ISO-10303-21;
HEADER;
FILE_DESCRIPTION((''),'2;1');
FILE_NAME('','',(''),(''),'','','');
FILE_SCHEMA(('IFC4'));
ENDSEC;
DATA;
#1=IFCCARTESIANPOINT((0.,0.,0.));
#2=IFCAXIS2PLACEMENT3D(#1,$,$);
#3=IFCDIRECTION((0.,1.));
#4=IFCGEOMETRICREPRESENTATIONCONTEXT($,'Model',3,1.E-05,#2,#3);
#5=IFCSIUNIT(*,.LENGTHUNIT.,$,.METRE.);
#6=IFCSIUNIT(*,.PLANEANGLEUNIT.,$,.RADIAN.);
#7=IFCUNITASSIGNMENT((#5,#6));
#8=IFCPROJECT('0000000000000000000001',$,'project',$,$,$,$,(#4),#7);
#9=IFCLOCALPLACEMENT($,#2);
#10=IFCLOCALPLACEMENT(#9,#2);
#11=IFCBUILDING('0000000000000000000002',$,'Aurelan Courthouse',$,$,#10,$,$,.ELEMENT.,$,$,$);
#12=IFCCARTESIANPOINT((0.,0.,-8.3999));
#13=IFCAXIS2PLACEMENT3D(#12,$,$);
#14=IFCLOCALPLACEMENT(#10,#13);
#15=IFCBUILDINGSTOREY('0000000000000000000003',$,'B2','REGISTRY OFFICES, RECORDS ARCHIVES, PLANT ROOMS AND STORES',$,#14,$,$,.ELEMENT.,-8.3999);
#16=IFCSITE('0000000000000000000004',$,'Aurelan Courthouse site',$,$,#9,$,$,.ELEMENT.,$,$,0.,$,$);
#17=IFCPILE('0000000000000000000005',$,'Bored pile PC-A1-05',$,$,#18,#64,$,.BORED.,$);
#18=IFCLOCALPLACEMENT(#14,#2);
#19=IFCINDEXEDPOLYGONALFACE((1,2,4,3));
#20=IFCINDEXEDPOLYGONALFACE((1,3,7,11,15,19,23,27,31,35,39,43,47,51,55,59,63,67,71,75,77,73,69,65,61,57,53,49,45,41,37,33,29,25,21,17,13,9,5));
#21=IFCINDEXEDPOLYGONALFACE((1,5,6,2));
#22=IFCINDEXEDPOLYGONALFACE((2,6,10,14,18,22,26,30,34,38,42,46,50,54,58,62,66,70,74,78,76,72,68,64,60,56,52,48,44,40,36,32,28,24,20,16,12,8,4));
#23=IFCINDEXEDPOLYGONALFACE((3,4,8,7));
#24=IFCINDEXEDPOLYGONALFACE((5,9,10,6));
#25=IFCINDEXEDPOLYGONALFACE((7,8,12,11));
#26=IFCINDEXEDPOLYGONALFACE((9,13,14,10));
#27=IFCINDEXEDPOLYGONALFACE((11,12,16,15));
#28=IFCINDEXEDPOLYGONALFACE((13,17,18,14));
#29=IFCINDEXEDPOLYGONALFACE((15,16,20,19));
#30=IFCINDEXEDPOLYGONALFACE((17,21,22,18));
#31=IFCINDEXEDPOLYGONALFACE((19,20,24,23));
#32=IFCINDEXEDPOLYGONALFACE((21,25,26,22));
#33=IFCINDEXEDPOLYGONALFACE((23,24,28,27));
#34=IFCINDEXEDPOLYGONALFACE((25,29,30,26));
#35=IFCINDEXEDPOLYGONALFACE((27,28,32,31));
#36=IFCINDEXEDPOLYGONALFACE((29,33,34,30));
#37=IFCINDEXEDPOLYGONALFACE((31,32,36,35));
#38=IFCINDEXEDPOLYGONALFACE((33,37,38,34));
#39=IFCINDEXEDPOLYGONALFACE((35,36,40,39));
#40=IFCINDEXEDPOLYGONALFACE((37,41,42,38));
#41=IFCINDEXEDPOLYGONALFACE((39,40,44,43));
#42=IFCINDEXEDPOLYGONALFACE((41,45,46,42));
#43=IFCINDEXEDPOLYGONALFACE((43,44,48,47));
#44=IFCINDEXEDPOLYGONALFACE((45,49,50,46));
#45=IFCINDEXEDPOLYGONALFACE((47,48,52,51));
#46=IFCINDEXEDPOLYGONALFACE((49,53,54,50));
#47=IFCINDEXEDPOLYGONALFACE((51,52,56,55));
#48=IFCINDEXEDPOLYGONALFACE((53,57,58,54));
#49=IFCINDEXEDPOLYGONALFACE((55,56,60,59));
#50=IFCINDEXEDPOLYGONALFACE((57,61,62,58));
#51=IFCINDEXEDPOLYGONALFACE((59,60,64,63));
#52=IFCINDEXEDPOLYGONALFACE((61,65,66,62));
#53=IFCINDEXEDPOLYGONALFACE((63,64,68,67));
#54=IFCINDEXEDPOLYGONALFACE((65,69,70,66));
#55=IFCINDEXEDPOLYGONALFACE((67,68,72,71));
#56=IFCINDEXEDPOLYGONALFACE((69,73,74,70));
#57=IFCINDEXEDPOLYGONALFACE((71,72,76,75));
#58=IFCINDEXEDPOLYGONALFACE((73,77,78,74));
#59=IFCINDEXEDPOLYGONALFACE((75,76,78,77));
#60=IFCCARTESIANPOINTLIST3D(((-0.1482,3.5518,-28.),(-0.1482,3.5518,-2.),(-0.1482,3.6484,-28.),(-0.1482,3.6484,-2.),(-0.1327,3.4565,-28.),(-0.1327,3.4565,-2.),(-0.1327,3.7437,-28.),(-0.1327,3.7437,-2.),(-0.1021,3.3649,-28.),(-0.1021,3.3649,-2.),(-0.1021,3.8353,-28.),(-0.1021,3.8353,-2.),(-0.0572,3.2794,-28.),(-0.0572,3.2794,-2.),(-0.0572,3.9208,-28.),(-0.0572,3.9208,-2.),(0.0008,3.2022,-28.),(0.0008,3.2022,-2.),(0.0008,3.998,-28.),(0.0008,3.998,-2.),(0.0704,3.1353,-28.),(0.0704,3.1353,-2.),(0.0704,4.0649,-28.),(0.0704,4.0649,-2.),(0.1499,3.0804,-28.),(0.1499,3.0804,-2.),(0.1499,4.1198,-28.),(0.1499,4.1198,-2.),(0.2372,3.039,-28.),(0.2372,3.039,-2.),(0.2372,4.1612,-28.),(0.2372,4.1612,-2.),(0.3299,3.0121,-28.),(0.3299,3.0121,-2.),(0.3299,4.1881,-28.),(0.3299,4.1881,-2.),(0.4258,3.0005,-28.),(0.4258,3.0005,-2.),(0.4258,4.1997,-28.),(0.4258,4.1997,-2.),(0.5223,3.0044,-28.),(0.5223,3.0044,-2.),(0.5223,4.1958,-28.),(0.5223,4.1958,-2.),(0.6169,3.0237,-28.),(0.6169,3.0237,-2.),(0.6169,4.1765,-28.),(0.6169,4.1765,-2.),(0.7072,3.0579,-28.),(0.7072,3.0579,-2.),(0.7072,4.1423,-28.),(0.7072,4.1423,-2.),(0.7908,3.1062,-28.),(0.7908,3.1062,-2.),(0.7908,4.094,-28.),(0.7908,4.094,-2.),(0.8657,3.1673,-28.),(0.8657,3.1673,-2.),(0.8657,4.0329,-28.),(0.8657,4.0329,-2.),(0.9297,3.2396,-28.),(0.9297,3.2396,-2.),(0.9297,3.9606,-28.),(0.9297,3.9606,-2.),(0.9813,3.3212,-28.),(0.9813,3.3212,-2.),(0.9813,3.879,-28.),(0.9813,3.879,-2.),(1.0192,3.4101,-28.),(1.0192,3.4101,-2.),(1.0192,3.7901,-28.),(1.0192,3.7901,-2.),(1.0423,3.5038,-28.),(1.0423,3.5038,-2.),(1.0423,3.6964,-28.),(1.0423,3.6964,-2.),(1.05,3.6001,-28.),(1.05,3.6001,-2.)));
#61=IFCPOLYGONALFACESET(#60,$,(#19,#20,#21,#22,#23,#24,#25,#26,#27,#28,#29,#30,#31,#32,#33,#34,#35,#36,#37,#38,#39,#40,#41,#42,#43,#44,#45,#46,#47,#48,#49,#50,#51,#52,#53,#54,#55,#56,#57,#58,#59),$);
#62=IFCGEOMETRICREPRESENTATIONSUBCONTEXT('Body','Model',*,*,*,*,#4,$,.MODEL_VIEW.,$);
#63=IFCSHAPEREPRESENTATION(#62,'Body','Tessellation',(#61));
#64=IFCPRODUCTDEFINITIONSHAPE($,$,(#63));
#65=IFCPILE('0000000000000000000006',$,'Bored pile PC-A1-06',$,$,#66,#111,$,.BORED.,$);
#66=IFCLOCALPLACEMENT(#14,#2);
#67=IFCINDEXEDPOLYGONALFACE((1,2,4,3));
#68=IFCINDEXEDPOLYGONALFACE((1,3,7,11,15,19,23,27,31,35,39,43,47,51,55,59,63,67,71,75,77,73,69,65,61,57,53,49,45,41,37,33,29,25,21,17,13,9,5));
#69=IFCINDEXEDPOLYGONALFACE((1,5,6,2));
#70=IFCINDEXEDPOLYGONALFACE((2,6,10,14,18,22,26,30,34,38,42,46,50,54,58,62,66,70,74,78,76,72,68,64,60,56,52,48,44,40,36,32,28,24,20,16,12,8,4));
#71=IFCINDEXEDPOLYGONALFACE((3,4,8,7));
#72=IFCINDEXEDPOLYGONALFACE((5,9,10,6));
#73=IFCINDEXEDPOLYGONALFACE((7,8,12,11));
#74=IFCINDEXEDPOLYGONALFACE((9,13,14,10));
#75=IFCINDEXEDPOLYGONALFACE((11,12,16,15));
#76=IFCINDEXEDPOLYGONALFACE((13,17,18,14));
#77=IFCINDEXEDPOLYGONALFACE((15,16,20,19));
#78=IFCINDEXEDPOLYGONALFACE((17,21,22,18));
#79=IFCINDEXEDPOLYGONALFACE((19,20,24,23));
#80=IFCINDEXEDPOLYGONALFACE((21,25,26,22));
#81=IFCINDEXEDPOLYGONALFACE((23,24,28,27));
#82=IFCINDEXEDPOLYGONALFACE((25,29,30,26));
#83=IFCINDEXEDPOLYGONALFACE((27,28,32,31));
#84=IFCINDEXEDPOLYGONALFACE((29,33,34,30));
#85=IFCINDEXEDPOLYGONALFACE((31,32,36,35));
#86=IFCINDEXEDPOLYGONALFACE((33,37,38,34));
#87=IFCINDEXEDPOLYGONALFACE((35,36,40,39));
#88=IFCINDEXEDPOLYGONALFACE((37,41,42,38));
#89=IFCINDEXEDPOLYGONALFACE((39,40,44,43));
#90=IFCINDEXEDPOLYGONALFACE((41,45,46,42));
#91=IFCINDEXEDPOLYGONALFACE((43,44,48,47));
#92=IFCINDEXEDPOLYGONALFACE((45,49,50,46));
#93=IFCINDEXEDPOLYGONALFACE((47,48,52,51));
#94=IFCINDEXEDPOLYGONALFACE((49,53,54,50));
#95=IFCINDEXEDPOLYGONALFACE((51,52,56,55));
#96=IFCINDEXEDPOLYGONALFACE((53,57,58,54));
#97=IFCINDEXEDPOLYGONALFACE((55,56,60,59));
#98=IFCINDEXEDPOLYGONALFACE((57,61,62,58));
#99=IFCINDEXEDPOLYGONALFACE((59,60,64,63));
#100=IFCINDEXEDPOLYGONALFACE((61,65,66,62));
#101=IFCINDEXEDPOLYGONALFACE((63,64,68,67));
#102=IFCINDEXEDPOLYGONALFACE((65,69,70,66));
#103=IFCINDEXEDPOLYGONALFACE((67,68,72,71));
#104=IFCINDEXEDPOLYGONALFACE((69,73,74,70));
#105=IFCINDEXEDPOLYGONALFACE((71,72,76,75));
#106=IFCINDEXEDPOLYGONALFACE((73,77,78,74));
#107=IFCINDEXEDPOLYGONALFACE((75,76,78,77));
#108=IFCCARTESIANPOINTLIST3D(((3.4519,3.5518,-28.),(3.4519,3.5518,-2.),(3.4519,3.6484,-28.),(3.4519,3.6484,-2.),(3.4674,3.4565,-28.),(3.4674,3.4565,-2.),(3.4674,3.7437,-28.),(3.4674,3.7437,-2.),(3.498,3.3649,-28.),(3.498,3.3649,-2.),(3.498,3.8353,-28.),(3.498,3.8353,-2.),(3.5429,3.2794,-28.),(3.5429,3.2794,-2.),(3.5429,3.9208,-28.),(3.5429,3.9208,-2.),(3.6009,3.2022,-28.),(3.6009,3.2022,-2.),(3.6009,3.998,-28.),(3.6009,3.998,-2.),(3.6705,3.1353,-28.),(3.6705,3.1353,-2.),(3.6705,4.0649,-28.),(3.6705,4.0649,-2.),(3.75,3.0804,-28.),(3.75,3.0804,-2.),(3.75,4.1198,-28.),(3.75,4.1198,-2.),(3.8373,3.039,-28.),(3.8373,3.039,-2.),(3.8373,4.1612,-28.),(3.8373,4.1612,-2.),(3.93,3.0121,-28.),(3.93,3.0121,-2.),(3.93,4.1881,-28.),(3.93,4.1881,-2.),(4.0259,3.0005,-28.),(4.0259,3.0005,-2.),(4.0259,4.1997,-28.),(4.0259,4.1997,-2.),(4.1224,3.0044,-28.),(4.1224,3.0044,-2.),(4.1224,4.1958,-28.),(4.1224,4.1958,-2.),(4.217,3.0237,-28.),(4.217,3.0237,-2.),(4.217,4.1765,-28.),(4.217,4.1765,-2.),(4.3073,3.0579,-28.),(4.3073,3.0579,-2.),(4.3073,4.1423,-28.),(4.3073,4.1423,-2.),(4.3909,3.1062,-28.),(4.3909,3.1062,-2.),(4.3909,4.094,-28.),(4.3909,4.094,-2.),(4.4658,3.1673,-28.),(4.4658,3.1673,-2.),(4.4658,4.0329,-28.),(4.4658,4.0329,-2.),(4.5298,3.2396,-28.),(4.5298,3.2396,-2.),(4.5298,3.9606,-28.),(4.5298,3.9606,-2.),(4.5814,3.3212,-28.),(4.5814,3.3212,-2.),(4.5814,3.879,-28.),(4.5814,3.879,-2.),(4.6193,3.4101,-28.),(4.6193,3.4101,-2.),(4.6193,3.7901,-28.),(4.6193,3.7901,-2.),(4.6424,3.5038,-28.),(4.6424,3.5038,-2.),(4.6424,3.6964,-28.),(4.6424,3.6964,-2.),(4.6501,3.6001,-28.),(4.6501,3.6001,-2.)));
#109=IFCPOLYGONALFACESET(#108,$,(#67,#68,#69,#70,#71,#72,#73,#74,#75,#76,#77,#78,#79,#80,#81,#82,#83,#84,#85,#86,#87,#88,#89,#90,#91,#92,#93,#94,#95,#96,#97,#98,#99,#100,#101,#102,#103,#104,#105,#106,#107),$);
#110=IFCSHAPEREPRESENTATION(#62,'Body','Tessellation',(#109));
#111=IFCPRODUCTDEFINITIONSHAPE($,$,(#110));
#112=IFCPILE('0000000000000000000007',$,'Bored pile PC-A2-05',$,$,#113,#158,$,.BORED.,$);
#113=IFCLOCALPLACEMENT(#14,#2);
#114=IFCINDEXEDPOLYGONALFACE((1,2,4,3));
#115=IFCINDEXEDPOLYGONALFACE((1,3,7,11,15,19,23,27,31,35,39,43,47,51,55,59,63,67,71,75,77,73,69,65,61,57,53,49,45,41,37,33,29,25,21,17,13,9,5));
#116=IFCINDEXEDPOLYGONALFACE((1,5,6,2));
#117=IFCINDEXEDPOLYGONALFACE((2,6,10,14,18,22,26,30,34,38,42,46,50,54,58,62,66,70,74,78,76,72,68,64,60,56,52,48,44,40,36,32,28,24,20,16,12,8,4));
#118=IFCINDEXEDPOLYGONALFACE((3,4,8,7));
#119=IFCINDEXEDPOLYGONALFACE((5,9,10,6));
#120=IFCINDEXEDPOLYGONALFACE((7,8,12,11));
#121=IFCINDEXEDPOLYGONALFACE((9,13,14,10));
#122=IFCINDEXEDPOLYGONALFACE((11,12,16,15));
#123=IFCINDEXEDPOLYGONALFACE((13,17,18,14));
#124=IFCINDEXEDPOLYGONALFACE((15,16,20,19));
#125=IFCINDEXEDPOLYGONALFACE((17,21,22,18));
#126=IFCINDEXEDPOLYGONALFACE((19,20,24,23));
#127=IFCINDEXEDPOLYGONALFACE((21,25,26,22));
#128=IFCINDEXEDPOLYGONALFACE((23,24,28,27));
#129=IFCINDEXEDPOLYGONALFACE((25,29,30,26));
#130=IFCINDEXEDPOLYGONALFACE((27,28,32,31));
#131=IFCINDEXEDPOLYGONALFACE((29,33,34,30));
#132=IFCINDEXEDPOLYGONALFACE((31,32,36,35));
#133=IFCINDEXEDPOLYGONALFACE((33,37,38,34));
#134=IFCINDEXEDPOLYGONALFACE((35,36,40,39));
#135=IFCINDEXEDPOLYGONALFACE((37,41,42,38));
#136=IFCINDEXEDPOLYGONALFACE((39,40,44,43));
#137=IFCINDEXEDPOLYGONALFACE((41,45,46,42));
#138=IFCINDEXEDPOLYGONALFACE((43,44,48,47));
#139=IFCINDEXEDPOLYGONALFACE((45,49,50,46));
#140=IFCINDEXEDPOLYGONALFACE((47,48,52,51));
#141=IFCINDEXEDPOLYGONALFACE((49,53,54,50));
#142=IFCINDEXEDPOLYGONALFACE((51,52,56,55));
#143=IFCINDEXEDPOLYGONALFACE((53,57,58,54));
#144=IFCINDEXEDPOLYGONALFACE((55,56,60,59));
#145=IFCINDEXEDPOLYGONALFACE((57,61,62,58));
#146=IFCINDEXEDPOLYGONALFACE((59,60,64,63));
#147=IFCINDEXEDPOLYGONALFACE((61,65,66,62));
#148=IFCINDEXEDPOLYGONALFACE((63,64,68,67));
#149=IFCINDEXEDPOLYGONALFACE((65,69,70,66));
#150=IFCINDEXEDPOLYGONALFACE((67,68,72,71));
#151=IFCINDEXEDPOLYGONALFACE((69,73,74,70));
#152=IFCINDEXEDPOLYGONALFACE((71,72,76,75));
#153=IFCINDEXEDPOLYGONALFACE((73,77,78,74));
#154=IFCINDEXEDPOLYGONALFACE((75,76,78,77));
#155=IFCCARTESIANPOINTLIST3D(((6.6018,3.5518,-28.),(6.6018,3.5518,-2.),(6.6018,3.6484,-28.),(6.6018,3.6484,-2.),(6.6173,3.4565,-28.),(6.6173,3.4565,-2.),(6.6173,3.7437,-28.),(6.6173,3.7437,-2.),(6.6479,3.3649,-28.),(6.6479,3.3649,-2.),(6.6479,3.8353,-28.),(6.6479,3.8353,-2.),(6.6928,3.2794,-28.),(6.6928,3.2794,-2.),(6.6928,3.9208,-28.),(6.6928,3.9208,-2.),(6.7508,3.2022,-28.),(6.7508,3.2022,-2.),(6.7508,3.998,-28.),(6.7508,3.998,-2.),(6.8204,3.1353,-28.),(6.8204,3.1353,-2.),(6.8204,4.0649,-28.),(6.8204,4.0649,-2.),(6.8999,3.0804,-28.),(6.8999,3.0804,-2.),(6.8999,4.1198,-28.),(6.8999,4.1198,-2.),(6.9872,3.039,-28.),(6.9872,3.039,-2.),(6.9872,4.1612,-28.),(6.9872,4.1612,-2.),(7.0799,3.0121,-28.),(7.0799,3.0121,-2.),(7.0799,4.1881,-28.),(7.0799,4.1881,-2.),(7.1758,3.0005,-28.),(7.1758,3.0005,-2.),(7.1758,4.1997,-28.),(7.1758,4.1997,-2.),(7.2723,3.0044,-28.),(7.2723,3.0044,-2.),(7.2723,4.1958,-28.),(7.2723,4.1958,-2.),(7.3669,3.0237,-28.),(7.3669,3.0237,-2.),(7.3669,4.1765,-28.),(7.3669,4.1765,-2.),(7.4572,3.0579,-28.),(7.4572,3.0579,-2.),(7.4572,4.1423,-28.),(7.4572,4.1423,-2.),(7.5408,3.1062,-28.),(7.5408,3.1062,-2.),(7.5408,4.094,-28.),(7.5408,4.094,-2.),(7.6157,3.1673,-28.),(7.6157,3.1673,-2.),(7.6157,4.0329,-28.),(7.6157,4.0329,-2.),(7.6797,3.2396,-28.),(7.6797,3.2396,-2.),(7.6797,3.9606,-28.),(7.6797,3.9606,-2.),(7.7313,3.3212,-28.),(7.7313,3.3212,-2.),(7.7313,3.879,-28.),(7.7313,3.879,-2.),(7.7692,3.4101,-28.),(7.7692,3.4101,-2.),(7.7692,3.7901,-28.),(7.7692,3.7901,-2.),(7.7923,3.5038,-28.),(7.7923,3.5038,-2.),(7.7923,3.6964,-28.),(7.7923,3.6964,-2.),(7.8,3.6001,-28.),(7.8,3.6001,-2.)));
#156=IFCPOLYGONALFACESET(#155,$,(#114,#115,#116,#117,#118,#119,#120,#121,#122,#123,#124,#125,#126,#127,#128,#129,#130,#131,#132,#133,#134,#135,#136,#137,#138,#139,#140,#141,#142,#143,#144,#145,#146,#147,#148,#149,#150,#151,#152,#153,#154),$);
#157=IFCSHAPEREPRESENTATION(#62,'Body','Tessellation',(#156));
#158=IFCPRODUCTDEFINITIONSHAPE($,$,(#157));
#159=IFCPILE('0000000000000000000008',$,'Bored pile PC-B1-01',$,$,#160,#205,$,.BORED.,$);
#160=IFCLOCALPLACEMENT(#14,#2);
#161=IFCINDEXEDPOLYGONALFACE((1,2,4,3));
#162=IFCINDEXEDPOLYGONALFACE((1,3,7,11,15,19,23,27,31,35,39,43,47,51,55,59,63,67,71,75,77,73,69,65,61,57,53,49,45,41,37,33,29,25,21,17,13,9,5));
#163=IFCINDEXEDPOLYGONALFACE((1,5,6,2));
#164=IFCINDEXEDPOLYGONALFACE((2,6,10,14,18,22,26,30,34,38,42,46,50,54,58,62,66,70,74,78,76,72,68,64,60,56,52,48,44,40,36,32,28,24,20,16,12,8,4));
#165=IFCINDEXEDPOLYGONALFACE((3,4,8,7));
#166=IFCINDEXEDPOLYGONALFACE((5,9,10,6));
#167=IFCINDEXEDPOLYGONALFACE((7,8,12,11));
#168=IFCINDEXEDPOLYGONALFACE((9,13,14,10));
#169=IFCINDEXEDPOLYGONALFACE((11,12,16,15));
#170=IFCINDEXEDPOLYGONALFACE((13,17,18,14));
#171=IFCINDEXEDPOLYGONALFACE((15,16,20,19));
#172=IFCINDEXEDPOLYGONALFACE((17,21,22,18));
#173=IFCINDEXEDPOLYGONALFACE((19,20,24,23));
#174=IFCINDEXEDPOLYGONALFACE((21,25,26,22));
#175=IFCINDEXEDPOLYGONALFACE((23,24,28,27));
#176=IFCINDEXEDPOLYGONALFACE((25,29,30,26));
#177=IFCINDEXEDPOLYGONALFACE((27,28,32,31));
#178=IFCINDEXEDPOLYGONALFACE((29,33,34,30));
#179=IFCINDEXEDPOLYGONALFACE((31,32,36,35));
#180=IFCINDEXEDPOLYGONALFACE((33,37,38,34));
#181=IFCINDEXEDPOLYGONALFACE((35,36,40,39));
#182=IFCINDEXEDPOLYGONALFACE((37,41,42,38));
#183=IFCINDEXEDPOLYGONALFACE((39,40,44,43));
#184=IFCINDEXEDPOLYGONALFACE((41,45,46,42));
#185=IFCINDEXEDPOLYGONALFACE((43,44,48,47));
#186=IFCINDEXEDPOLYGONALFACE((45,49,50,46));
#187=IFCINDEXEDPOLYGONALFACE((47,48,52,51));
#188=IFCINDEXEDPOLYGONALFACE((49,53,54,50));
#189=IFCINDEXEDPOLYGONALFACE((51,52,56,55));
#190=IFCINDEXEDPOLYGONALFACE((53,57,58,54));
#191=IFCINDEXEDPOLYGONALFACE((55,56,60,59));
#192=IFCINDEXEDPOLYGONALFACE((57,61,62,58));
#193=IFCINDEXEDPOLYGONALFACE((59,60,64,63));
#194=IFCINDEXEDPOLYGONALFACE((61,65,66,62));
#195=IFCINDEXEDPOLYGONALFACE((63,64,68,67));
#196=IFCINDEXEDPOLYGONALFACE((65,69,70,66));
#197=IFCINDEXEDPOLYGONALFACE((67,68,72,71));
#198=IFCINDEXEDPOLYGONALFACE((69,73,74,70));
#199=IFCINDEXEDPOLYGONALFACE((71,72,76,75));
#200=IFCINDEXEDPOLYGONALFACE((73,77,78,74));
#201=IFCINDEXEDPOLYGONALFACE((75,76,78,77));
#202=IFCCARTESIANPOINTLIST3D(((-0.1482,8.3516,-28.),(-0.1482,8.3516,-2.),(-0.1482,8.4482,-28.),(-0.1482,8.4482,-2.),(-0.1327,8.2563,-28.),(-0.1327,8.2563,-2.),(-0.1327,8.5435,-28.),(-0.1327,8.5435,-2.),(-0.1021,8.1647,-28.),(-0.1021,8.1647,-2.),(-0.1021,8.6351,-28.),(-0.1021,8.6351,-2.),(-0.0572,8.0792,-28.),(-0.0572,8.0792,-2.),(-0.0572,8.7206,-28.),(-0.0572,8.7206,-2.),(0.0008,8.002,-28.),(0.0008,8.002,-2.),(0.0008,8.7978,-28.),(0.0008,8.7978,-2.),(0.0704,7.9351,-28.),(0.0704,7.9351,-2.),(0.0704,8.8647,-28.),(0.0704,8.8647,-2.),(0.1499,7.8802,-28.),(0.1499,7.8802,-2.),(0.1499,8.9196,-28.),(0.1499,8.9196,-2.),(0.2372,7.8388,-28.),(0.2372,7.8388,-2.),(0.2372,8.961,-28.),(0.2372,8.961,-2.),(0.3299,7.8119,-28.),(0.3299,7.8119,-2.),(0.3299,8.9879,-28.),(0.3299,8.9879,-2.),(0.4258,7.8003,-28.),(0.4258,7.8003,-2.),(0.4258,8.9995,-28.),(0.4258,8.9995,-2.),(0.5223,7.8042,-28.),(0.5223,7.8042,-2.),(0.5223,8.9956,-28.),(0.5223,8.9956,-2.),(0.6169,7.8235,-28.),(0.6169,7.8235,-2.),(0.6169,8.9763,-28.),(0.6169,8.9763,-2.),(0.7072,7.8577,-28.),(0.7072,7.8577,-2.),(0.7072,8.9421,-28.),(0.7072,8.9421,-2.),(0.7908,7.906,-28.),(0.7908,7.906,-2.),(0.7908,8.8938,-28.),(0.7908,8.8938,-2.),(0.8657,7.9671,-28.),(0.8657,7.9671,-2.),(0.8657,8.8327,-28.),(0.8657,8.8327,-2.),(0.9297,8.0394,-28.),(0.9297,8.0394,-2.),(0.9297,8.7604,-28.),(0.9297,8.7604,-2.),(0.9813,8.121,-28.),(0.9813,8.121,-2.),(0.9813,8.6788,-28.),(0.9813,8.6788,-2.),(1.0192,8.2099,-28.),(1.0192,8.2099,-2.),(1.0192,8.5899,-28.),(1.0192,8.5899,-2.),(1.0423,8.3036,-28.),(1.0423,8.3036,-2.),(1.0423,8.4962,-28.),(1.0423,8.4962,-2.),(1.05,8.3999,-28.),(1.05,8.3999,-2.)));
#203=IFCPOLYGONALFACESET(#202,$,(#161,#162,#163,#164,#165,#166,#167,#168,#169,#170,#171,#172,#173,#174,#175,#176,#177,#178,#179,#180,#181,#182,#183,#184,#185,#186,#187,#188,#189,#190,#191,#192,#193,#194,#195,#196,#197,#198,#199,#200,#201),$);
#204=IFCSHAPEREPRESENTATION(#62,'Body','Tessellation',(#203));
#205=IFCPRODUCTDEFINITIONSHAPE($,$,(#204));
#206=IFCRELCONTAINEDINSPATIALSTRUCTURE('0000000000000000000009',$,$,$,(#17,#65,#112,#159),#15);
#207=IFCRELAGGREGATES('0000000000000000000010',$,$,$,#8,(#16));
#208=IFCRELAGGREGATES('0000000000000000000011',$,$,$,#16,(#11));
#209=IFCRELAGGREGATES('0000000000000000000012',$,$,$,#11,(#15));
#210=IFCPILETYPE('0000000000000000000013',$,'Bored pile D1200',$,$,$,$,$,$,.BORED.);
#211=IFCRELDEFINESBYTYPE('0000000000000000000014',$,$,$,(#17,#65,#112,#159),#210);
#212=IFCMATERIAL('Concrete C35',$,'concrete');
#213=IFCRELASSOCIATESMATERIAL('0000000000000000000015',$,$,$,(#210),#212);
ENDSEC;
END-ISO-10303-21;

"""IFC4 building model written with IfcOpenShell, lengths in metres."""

from ifc_helpers import new_model, si_unit, direction, frame, origin, origin_2d, place, context, subcontext, project, spatial, circle, extrude, material, material_profile, profile_set, type_object, element, save


model = new_model("IFC4")

# Units and contexts
model_context = context("Model", 3, precision=1e-05, world=origin(), true_north=direction((0.0, 1.0)))
body_context = subcontext(model_context, "Body", "Model", "MODEL_VIEW")
ifc_project = project(units=[si_unit("LENGTHUNIT", "METRE"), si_unit("PLANEANGLEUNIT", "RADIAN")], contexts=[model_context])

# Site, building, storey
site_placement = place(None, origin())
site = spatial("IfcSite", under=ifc_project, at=site_placement, Name="Aurelan Courthouse site", CompositionType="ELEMENT", RefElevation=0.0)
building_placement = place(site_placement, origin())
building = spatial("IfcBuilding", under=site, at=building_placement, Name="Aurelan Courthouse", CompositionType="ELEMENT")
storey_placement = place(building_placement, frame((0.0, 0.0, -8.3999)))
storey = spatial("IfcBuildingStorey", under=building, at=storey_placement, Name="B2", Description="REGISTRY OFFICES, RECORDS ARCHIVES, PLANT ROOMS AND STORES", CompositionType="ELEMENT", Elevation=-8.3999)

# Piles
ifc_material_1 = material(Name="Concrete C35", Category="concrete")
ifc_material_profile_1 = material_profile(ifc_material_1, circle(Radius=0.6001, at=origin_2d()), Name="D1200")
ifc_profile_set_1 = profile_set([ifc_material_profile_1], Name="Concrete C35")
pile_type = type_object("IfcPileType", Name="Bored pile D1200", PredefinedType="BORED", material=ifc_profile_set_1)
for number, where, z_axis, x_axis, name in (
    (1, (0.45, 3.6001, -2.0), (0.0, 0.0, -1.0), (1.0, 0.0, 0.0), "Bored pile PC-A1-05"),
    (2, (4.05, 3.6001, -2.0), (0.0, 0.0, -1.0), (1.0, 0.0, 0.0), "Bored pile PC-A1-06"),
    (3, (7.2, 3.6001, -2.0), (0.0, 0.0, -1.0), (1.0, 0.0, 0.0), "Bored pile PC-A2-05"),
    (4, (0.45, 8.3999, -2.0), (0.0, 0.0, -1.0), (1.0, 0.0, 0.0), "Bored pile PC-B1-01"),
):
    element("IfcPile", number, at=place(storey_placement, frame(where, z_axis=z_axis, x_axis=x_axis)), inside=storey, type_object=pile_type, Name=name, PredefinedType="BORED", context=body_context, shape_type="SweptSolid", body=[
        extrude(circle(Radius=0.6001, at=origin_2d()), origin(), (0.0, 0.0, 1.0), 26.0),
    ])

save(model, "model.ifc")
